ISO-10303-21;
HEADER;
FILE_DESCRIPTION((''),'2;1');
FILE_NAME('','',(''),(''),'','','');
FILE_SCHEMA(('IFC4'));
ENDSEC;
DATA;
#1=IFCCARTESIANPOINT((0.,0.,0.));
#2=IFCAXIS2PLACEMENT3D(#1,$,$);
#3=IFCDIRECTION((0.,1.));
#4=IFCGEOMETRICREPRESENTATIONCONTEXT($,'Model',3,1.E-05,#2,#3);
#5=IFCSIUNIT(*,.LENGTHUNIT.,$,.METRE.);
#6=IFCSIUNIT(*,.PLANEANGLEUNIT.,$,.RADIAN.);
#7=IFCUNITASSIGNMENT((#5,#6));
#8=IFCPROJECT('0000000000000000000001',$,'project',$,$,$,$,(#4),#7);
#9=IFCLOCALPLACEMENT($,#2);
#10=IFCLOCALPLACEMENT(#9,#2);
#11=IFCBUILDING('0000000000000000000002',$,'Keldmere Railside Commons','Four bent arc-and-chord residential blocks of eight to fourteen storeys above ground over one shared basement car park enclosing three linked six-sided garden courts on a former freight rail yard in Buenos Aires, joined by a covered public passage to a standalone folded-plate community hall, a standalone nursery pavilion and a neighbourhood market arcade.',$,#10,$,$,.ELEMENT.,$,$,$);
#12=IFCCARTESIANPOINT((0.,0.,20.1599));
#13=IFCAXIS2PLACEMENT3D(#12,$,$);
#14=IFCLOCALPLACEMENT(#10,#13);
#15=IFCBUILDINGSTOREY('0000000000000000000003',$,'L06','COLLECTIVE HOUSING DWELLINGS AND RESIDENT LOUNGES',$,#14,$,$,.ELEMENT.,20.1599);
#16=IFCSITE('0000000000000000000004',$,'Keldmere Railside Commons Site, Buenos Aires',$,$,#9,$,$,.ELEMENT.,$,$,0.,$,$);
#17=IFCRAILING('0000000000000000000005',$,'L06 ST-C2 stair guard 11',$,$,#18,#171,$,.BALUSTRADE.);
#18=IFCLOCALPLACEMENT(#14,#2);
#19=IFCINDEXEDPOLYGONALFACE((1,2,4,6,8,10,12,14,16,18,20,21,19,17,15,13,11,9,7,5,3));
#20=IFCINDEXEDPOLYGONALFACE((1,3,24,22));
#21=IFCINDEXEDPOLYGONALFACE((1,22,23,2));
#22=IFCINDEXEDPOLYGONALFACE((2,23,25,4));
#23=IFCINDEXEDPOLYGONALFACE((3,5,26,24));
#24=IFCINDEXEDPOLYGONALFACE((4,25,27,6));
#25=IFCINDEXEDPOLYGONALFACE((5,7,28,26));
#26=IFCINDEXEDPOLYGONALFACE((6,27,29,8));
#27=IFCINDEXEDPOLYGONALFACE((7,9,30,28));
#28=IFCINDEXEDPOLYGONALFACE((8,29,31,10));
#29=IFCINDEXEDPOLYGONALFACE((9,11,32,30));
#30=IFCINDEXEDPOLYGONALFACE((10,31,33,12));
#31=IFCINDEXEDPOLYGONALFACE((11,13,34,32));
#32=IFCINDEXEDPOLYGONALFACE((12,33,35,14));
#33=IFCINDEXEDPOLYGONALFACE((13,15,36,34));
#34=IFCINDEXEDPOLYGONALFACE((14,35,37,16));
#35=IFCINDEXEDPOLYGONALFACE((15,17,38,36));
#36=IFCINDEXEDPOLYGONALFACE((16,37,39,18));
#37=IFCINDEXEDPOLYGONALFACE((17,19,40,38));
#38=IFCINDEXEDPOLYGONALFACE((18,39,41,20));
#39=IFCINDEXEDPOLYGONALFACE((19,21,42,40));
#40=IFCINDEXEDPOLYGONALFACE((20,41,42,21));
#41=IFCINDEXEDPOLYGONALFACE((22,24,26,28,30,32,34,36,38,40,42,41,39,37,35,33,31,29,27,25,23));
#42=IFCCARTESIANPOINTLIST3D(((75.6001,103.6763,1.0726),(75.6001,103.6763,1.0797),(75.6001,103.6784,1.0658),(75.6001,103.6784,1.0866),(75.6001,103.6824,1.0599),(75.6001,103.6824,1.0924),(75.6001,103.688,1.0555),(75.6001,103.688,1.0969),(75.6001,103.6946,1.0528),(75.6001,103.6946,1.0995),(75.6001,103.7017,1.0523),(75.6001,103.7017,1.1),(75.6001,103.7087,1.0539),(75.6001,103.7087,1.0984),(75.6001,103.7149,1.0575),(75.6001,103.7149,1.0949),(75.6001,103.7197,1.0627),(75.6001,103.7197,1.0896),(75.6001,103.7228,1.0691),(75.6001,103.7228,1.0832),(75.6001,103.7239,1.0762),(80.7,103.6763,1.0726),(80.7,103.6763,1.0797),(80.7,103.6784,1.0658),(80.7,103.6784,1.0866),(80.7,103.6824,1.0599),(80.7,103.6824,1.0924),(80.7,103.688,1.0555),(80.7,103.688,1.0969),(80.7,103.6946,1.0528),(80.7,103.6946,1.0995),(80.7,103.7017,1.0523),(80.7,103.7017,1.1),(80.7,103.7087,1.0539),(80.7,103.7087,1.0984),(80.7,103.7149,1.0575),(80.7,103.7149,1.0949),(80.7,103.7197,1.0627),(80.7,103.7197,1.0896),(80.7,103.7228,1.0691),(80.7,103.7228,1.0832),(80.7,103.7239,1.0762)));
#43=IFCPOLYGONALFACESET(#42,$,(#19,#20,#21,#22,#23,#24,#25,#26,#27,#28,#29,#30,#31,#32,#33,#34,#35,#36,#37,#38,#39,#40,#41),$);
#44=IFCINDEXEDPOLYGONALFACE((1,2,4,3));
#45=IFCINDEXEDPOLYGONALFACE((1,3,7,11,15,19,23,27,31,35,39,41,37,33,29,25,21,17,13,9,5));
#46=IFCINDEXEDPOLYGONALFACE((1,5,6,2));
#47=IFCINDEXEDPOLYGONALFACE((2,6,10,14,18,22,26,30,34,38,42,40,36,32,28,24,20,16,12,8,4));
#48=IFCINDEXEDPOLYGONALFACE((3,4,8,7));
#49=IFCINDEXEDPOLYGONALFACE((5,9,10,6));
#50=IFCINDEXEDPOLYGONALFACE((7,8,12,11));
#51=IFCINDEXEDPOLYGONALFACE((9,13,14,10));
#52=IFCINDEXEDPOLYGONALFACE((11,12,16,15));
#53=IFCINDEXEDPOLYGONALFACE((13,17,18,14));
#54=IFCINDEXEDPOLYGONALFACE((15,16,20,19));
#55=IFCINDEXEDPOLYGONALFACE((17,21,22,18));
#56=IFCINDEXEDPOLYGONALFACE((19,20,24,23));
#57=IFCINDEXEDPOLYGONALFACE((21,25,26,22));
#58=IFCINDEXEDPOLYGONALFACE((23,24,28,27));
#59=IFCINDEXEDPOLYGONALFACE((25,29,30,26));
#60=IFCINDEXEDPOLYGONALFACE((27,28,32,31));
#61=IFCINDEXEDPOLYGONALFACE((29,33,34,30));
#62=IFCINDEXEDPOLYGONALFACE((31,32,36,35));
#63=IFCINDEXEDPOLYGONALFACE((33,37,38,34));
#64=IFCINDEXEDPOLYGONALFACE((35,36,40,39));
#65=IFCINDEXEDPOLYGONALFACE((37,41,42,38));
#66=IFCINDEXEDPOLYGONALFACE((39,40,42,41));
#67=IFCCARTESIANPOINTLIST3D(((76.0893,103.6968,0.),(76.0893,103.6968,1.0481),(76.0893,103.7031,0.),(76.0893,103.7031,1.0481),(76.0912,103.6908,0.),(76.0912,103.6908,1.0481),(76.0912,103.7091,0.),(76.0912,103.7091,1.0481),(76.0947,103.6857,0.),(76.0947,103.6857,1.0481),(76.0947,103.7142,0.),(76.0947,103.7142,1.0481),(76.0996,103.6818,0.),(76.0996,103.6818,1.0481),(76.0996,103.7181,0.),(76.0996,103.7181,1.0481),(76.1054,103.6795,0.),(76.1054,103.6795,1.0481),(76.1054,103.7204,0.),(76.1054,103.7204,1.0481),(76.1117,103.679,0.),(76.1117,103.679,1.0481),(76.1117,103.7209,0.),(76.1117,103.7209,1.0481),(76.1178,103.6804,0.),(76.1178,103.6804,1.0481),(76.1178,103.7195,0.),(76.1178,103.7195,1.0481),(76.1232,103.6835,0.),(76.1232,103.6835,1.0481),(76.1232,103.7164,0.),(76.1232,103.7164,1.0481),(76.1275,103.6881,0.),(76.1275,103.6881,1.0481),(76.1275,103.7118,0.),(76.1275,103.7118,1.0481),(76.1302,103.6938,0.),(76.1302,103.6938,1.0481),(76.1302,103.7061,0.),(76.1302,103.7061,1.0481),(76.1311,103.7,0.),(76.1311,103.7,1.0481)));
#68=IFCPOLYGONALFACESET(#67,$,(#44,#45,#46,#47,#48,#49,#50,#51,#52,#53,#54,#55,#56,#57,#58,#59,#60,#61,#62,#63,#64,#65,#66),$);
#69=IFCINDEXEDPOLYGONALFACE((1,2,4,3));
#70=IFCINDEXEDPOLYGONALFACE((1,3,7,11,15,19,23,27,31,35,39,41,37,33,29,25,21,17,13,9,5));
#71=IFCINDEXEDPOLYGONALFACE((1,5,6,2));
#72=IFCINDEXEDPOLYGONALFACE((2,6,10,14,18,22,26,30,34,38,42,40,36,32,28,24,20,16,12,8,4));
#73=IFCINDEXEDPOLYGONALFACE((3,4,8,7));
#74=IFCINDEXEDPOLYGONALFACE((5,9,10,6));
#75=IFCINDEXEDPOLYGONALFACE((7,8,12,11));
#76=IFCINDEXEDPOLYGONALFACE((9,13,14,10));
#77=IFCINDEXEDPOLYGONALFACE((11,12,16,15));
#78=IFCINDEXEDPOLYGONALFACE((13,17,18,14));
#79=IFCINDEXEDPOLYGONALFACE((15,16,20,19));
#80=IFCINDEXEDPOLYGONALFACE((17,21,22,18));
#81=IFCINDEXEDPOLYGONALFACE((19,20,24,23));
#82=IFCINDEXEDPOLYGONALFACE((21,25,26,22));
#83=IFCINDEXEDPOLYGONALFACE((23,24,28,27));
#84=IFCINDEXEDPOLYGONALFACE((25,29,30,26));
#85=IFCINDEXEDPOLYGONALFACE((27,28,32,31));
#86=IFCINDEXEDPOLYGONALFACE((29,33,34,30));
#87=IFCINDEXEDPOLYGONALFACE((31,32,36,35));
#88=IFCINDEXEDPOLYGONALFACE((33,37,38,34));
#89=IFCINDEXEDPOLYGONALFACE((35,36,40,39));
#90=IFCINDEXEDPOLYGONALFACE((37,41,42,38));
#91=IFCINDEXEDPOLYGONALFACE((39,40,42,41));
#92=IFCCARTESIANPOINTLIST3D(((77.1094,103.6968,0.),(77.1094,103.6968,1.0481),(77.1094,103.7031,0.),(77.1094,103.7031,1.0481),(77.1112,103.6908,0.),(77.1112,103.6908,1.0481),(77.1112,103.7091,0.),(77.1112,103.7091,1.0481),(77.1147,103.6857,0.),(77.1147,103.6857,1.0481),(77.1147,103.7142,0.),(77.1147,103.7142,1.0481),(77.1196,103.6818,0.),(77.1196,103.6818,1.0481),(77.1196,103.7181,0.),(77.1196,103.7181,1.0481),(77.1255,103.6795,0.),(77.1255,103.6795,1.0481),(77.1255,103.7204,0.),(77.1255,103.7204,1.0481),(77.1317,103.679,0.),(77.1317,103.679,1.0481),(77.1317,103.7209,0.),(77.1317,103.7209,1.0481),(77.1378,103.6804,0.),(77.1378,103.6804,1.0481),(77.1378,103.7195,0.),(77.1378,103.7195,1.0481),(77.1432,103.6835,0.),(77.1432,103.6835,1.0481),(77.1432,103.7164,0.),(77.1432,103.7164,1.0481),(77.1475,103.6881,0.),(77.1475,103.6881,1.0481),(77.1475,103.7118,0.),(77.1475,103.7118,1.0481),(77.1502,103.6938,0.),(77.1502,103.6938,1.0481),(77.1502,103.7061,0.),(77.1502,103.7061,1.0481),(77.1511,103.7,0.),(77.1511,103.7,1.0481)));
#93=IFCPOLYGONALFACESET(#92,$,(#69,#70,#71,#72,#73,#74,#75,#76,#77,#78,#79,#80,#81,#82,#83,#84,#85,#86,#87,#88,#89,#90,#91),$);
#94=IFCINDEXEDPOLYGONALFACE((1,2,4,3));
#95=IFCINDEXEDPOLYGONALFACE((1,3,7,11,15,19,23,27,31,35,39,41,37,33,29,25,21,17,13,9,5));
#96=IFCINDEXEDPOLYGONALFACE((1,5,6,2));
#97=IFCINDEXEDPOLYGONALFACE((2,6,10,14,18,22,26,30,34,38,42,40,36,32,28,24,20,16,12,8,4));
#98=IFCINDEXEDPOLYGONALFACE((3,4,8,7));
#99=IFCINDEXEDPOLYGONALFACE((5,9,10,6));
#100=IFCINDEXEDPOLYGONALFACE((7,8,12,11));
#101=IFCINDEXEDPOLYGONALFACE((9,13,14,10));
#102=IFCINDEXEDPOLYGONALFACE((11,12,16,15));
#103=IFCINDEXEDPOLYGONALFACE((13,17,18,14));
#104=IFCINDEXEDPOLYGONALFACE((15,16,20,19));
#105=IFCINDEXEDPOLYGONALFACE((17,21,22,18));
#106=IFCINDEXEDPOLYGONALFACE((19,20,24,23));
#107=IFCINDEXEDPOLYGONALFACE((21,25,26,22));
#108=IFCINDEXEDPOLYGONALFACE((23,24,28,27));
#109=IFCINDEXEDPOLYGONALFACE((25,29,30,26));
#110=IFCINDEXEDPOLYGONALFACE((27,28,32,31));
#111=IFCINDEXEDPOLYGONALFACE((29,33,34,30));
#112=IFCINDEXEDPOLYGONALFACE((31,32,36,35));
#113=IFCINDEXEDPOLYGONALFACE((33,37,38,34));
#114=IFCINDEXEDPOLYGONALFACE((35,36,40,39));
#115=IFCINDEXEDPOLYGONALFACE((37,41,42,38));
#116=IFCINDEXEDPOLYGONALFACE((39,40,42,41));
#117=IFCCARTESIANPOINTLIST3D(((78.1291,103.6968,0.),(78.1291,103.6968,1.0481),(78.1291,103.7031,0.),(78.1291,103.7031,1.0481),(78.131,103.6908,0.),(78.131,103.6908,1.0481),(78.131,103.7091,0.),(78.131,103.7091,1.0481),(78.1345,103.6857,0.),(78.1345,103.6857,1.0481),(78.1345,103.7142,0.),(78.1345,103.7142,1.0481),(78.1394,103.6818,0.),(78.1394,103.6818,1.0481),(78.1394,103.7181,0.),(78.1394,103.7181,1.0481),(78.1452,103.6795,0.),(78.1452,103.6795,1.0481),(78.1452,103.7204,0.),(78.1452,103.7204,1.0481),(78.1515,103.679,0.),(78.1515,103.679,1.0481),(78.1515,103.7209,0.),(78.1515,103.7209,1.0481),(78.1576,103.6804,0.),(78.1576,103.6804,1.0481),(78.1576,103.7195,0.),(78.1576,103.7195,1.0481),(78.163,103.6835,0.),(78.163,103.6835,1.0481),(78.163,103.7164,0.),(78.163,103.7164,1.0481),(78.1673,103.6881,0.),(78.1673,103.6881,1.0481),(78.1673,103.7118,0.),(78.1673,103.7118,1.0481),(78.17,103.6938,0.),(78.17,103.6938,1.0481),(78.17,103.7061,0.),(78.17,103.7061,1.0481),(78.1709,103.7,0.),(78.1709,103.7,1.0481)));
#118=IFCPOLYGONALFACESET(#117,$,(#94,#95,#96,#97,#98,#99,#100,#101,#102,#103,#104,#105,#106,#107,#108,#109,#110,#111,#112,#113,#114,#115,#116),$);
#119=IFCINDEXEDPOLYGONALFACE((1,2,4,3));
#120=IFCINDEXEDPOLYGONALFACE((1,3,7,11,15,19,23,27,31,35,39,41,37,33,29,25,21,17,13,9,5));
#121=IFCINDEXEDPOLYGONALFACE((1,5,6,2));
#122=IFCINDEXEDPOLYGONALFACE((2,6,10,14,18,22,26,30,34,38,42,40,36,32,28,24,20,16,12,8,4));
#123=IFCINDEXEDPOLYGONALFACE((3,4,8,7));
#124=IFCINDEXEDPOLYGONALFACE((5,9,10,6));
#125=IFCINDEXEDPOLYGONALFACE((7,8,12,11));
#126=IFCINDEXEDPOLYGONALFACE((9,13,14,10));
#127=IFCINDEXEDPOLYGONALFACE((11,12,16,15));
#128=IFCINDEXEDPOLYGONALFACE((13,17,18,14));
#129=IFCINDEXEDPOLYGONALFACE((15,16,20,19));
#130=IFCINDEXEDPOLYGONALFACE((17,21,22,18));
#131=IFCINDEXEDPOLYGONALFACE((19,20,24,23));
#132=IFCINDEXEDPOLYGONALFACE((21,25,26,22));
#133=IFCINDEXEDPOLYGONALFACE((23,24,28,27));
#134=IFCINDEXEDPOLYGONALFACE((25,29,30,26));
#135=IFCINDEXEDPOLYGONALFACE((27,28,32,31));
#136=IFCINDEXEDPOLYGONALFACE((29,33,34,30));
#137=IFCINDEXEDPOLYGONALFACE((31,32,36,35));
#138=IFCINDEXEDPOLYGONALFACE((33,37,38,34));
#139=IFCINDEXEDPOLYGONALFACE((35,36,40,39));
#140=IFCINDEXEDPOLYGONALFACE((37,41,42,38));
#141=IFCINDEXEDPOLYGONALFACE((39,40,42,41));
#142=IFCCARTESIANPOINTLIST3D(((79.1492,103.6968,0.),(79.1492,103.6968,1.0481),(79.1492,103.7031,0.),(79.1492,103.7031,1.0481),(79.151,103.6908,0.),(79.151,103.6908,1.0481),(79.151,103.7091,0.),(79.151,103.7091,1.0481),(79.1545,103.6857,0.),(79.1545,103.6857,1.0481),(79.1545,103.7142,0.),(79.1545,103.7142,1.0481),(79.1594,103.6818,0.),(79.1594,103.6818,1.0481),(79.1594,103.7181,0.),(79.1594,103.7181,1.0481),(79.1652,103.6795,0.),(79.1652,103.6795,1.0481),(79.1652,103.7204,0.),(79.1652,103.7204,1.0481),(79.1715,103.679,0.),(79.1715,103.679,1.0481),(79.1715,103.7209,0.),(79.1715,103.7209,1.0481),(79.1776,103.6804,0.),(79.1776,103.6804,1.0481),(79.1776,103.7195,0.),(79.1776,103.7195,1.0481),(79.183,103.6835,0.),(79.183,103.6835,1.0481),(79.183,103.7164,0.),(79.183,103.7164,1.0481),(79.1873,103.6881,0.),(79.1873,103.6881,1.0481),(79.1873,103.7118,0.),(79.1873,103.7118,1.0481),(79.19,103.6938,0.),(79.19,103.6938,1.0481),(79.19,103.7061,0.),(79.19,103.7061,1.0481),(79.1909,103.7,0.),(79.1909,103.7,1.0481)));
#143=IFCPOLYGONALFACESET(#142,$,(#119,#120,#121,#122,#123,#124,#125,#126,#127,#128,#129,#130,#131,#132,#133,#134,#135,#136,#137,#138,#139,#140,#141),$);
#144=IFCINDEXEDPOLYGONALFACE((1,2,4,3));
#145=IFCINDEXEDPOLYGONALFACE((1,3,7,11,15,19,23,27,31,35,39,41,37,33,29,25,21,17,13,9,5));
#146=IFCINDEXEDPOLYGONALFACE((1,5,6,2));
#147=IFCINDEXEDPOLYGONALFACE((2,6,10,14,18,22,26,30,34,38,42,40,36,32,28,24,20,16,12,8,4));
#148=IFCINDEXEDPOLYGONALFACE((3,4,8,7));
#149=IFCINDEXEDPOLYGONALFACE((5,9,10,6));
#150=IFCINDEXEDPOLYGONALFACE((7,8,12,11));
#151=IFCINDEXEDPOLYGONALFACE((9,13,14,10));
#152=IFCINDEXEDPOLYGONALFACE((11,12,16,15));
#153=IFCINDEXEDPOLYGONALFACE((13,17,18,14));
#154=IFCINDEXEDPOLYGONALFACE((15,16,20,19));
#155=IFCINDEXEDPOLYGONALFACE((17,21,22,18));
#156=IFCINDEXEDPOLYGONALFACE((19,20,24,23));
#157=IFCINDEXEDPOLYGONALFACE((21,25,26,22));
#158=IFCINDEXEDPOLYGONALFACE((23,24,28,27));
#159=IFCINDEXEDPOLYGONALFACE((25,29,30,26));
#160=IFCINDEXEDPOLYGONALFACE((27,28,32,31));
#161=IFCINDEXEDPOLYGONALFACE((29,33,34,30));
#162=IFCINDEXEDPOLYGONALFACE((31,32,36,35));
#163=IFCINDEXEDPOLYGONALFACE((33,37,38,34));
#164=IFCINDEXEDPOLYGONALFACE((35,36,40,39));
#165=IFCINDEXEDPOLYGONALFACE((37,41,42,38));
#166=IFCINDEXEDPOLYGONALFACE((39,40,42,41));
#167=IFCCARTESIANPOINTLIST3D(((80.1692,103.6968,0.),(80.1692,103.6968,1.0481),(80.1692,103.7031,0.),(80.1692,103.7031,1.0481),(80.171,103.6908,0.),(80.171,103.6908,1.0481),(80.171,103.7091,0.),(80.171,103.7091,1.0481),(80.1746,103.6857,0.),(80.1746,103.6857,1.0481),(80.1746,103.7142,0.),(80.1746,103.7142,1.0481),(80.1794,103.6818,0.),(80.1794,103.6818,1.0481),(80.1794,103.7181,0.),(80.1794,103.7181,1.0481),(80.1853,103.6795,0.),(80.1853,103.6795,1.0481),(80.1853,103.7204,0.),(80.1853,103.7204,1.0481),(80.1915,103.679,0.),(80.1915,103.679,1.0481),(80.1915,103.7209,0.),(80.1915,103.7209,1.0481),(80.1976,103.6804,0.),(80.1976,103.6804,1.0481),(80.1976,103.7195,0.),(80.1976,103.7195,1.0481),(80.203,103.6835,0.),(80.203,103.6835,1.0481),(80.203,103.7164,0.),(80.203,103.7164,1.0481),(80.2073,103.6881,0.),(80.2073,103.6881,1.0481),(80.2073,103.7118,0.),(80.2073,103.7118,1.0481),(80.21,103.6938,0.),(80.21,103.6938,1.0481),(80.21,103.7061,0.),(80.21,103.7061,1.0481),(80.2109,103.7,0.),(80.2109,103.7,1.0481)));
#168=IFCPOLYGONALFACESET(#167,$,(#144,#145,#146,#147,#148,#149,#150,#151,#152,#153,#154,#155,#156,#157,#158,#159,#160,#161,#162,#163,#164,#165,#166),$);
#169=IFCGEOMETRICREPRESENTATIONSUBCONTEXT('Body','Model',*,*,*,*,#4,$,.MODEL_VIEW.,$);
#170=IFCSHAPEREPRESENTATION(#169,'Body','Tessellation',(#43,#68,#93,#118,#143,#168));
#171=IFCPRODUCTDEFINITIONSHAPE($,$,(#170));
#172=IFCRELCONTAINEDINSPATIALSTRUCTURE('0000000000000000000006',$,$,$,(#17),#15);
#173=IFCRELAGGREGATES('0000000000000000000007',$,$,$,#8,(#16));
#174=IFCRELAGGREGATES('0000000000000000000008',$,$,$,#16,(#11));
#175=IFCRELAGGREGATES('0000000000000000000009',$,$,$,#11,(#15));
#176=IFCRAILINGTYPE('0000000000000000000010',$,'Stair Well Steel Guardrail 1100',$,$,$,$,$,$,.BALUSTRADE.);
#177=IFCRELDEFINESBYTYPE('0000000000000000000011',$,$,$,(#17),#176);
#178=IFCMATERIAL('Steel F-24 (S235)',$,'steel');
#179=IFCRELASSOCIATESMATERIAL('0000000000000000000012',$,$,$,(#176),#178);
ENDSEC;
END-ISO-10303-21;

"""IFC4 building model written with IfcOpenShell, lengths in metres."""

from ifc_helpers import new_model, si_unit, direction, frame, origin, origin_2d, place, context, subcontext, project, spatial, circle, extrude, material, type_object, element, save


model = new_model("IFC4")

# Units and contexts
model_context = context("Model", 3, precision=1e-05, world=origin(), true_north=direction((0.0, 1.0)))
body_context = subcontext(model_context, "Body", "Model", "MODEL_VIEW")
ifc_project = project(units=[si_unit("LENGTHUNIT", "METRE"), si_unit("PLANEANGLEUNIT", "RADIAN")], contexts=[model_context])

# Site, building, storey
site_placement = place(None, origin())
site = spatial("IfcSite", under=ifc_project, at=site_placement, Name="Keldmere Railside Commons Site, Buenos Aires", CompositionType="ELEMENT", RefElevation=0.0)
building_placement = place(site_placement, origin())
building = spatial("IfcBuilding", under=site, at=building_placement, Name="Keldmere Railside Commons", Description="Four bent arc-and-chord residential blocks of eight to fourteen storeys above ground over one shared basement car park enclosing three linked six-sided garden courts on a former freight rail yard in Buenos Aires, joined by a covered public passage to a standalone folded-plate community hall, a standalone nursery pavilion and a neighbourhood market arcade.", CompositionType="ELEMENT")
storey_placement = place(building_placement, frame((0.0, 0.0, 20.1599)))
storey = spatial("IfcBuildingStorey", under=building, at=storey_placement, Name="L06", Description="COLLECTIVE HOUSING DWELLINGS AND RESIDENT LOUNGES", CompositionType="ELEMENT", Elevation=20.1599)

# Shared definitions
ifc_material_1 = material(Name="Steel F-24 (S235)", Category="steel")

# Railing
railing_type_1 = type_object("IfcRailingType", Name="Stair Well Steel Guardrail 1100", PredefinedType="BALUSTRADE", material=ifc_material_1)
railing_1_placement = place(storey_placement, frame((75.6001, 103.7, 0.0)))
element("IfcRailing", 1, at=railing_1_placement, inside=storey, type_object=railing_type_1, Name="L06 ST-C2 stair guard 11", PredefinedType="BALUSTRADE", context=body_context, shape_type="SweptSolid", body=[
    extrude(circle(Radius=0.0239, at=origin_2d()), frame((0.0, 0.0, 1.0762), z_axis=(1.0, 0.0, 0.0), x_axis=(0.0, 1.0, 0.0)), (0.0, 0.0, 1.0), 5.0999),
    extrude(circle(Radius=0.021, at=origin_2d()), frame((0.51, 0.0, 0.0)), (0.0, 0.0, 1.0), 1.0481),
    extrude(circle(Radius=0.021, at=origin_2d()), frame((1.53, 0.0, 0.0)), (0.0, 0.0, 1.0), 1.0481),
    extrude(circle(Radius=0.021, at=origin_2d()), frame((2.5498, 0.0, 0.0)), (0.0, 0.0, 1.0), 1.0481),
    extrude(circle(Radius=0.021, at=origin_2d()), frame((3.5698, 0.0, 0.0)), (0.0, 0.0, 1.0), 1.0481),
    extrude(circle(Radius=0.021, at=origin_2d()), frame((4.5898, 0.0, 0.0)), (0.0, 0.0, 1.0), 1.0481),
])

save(model, "model.ifc")
